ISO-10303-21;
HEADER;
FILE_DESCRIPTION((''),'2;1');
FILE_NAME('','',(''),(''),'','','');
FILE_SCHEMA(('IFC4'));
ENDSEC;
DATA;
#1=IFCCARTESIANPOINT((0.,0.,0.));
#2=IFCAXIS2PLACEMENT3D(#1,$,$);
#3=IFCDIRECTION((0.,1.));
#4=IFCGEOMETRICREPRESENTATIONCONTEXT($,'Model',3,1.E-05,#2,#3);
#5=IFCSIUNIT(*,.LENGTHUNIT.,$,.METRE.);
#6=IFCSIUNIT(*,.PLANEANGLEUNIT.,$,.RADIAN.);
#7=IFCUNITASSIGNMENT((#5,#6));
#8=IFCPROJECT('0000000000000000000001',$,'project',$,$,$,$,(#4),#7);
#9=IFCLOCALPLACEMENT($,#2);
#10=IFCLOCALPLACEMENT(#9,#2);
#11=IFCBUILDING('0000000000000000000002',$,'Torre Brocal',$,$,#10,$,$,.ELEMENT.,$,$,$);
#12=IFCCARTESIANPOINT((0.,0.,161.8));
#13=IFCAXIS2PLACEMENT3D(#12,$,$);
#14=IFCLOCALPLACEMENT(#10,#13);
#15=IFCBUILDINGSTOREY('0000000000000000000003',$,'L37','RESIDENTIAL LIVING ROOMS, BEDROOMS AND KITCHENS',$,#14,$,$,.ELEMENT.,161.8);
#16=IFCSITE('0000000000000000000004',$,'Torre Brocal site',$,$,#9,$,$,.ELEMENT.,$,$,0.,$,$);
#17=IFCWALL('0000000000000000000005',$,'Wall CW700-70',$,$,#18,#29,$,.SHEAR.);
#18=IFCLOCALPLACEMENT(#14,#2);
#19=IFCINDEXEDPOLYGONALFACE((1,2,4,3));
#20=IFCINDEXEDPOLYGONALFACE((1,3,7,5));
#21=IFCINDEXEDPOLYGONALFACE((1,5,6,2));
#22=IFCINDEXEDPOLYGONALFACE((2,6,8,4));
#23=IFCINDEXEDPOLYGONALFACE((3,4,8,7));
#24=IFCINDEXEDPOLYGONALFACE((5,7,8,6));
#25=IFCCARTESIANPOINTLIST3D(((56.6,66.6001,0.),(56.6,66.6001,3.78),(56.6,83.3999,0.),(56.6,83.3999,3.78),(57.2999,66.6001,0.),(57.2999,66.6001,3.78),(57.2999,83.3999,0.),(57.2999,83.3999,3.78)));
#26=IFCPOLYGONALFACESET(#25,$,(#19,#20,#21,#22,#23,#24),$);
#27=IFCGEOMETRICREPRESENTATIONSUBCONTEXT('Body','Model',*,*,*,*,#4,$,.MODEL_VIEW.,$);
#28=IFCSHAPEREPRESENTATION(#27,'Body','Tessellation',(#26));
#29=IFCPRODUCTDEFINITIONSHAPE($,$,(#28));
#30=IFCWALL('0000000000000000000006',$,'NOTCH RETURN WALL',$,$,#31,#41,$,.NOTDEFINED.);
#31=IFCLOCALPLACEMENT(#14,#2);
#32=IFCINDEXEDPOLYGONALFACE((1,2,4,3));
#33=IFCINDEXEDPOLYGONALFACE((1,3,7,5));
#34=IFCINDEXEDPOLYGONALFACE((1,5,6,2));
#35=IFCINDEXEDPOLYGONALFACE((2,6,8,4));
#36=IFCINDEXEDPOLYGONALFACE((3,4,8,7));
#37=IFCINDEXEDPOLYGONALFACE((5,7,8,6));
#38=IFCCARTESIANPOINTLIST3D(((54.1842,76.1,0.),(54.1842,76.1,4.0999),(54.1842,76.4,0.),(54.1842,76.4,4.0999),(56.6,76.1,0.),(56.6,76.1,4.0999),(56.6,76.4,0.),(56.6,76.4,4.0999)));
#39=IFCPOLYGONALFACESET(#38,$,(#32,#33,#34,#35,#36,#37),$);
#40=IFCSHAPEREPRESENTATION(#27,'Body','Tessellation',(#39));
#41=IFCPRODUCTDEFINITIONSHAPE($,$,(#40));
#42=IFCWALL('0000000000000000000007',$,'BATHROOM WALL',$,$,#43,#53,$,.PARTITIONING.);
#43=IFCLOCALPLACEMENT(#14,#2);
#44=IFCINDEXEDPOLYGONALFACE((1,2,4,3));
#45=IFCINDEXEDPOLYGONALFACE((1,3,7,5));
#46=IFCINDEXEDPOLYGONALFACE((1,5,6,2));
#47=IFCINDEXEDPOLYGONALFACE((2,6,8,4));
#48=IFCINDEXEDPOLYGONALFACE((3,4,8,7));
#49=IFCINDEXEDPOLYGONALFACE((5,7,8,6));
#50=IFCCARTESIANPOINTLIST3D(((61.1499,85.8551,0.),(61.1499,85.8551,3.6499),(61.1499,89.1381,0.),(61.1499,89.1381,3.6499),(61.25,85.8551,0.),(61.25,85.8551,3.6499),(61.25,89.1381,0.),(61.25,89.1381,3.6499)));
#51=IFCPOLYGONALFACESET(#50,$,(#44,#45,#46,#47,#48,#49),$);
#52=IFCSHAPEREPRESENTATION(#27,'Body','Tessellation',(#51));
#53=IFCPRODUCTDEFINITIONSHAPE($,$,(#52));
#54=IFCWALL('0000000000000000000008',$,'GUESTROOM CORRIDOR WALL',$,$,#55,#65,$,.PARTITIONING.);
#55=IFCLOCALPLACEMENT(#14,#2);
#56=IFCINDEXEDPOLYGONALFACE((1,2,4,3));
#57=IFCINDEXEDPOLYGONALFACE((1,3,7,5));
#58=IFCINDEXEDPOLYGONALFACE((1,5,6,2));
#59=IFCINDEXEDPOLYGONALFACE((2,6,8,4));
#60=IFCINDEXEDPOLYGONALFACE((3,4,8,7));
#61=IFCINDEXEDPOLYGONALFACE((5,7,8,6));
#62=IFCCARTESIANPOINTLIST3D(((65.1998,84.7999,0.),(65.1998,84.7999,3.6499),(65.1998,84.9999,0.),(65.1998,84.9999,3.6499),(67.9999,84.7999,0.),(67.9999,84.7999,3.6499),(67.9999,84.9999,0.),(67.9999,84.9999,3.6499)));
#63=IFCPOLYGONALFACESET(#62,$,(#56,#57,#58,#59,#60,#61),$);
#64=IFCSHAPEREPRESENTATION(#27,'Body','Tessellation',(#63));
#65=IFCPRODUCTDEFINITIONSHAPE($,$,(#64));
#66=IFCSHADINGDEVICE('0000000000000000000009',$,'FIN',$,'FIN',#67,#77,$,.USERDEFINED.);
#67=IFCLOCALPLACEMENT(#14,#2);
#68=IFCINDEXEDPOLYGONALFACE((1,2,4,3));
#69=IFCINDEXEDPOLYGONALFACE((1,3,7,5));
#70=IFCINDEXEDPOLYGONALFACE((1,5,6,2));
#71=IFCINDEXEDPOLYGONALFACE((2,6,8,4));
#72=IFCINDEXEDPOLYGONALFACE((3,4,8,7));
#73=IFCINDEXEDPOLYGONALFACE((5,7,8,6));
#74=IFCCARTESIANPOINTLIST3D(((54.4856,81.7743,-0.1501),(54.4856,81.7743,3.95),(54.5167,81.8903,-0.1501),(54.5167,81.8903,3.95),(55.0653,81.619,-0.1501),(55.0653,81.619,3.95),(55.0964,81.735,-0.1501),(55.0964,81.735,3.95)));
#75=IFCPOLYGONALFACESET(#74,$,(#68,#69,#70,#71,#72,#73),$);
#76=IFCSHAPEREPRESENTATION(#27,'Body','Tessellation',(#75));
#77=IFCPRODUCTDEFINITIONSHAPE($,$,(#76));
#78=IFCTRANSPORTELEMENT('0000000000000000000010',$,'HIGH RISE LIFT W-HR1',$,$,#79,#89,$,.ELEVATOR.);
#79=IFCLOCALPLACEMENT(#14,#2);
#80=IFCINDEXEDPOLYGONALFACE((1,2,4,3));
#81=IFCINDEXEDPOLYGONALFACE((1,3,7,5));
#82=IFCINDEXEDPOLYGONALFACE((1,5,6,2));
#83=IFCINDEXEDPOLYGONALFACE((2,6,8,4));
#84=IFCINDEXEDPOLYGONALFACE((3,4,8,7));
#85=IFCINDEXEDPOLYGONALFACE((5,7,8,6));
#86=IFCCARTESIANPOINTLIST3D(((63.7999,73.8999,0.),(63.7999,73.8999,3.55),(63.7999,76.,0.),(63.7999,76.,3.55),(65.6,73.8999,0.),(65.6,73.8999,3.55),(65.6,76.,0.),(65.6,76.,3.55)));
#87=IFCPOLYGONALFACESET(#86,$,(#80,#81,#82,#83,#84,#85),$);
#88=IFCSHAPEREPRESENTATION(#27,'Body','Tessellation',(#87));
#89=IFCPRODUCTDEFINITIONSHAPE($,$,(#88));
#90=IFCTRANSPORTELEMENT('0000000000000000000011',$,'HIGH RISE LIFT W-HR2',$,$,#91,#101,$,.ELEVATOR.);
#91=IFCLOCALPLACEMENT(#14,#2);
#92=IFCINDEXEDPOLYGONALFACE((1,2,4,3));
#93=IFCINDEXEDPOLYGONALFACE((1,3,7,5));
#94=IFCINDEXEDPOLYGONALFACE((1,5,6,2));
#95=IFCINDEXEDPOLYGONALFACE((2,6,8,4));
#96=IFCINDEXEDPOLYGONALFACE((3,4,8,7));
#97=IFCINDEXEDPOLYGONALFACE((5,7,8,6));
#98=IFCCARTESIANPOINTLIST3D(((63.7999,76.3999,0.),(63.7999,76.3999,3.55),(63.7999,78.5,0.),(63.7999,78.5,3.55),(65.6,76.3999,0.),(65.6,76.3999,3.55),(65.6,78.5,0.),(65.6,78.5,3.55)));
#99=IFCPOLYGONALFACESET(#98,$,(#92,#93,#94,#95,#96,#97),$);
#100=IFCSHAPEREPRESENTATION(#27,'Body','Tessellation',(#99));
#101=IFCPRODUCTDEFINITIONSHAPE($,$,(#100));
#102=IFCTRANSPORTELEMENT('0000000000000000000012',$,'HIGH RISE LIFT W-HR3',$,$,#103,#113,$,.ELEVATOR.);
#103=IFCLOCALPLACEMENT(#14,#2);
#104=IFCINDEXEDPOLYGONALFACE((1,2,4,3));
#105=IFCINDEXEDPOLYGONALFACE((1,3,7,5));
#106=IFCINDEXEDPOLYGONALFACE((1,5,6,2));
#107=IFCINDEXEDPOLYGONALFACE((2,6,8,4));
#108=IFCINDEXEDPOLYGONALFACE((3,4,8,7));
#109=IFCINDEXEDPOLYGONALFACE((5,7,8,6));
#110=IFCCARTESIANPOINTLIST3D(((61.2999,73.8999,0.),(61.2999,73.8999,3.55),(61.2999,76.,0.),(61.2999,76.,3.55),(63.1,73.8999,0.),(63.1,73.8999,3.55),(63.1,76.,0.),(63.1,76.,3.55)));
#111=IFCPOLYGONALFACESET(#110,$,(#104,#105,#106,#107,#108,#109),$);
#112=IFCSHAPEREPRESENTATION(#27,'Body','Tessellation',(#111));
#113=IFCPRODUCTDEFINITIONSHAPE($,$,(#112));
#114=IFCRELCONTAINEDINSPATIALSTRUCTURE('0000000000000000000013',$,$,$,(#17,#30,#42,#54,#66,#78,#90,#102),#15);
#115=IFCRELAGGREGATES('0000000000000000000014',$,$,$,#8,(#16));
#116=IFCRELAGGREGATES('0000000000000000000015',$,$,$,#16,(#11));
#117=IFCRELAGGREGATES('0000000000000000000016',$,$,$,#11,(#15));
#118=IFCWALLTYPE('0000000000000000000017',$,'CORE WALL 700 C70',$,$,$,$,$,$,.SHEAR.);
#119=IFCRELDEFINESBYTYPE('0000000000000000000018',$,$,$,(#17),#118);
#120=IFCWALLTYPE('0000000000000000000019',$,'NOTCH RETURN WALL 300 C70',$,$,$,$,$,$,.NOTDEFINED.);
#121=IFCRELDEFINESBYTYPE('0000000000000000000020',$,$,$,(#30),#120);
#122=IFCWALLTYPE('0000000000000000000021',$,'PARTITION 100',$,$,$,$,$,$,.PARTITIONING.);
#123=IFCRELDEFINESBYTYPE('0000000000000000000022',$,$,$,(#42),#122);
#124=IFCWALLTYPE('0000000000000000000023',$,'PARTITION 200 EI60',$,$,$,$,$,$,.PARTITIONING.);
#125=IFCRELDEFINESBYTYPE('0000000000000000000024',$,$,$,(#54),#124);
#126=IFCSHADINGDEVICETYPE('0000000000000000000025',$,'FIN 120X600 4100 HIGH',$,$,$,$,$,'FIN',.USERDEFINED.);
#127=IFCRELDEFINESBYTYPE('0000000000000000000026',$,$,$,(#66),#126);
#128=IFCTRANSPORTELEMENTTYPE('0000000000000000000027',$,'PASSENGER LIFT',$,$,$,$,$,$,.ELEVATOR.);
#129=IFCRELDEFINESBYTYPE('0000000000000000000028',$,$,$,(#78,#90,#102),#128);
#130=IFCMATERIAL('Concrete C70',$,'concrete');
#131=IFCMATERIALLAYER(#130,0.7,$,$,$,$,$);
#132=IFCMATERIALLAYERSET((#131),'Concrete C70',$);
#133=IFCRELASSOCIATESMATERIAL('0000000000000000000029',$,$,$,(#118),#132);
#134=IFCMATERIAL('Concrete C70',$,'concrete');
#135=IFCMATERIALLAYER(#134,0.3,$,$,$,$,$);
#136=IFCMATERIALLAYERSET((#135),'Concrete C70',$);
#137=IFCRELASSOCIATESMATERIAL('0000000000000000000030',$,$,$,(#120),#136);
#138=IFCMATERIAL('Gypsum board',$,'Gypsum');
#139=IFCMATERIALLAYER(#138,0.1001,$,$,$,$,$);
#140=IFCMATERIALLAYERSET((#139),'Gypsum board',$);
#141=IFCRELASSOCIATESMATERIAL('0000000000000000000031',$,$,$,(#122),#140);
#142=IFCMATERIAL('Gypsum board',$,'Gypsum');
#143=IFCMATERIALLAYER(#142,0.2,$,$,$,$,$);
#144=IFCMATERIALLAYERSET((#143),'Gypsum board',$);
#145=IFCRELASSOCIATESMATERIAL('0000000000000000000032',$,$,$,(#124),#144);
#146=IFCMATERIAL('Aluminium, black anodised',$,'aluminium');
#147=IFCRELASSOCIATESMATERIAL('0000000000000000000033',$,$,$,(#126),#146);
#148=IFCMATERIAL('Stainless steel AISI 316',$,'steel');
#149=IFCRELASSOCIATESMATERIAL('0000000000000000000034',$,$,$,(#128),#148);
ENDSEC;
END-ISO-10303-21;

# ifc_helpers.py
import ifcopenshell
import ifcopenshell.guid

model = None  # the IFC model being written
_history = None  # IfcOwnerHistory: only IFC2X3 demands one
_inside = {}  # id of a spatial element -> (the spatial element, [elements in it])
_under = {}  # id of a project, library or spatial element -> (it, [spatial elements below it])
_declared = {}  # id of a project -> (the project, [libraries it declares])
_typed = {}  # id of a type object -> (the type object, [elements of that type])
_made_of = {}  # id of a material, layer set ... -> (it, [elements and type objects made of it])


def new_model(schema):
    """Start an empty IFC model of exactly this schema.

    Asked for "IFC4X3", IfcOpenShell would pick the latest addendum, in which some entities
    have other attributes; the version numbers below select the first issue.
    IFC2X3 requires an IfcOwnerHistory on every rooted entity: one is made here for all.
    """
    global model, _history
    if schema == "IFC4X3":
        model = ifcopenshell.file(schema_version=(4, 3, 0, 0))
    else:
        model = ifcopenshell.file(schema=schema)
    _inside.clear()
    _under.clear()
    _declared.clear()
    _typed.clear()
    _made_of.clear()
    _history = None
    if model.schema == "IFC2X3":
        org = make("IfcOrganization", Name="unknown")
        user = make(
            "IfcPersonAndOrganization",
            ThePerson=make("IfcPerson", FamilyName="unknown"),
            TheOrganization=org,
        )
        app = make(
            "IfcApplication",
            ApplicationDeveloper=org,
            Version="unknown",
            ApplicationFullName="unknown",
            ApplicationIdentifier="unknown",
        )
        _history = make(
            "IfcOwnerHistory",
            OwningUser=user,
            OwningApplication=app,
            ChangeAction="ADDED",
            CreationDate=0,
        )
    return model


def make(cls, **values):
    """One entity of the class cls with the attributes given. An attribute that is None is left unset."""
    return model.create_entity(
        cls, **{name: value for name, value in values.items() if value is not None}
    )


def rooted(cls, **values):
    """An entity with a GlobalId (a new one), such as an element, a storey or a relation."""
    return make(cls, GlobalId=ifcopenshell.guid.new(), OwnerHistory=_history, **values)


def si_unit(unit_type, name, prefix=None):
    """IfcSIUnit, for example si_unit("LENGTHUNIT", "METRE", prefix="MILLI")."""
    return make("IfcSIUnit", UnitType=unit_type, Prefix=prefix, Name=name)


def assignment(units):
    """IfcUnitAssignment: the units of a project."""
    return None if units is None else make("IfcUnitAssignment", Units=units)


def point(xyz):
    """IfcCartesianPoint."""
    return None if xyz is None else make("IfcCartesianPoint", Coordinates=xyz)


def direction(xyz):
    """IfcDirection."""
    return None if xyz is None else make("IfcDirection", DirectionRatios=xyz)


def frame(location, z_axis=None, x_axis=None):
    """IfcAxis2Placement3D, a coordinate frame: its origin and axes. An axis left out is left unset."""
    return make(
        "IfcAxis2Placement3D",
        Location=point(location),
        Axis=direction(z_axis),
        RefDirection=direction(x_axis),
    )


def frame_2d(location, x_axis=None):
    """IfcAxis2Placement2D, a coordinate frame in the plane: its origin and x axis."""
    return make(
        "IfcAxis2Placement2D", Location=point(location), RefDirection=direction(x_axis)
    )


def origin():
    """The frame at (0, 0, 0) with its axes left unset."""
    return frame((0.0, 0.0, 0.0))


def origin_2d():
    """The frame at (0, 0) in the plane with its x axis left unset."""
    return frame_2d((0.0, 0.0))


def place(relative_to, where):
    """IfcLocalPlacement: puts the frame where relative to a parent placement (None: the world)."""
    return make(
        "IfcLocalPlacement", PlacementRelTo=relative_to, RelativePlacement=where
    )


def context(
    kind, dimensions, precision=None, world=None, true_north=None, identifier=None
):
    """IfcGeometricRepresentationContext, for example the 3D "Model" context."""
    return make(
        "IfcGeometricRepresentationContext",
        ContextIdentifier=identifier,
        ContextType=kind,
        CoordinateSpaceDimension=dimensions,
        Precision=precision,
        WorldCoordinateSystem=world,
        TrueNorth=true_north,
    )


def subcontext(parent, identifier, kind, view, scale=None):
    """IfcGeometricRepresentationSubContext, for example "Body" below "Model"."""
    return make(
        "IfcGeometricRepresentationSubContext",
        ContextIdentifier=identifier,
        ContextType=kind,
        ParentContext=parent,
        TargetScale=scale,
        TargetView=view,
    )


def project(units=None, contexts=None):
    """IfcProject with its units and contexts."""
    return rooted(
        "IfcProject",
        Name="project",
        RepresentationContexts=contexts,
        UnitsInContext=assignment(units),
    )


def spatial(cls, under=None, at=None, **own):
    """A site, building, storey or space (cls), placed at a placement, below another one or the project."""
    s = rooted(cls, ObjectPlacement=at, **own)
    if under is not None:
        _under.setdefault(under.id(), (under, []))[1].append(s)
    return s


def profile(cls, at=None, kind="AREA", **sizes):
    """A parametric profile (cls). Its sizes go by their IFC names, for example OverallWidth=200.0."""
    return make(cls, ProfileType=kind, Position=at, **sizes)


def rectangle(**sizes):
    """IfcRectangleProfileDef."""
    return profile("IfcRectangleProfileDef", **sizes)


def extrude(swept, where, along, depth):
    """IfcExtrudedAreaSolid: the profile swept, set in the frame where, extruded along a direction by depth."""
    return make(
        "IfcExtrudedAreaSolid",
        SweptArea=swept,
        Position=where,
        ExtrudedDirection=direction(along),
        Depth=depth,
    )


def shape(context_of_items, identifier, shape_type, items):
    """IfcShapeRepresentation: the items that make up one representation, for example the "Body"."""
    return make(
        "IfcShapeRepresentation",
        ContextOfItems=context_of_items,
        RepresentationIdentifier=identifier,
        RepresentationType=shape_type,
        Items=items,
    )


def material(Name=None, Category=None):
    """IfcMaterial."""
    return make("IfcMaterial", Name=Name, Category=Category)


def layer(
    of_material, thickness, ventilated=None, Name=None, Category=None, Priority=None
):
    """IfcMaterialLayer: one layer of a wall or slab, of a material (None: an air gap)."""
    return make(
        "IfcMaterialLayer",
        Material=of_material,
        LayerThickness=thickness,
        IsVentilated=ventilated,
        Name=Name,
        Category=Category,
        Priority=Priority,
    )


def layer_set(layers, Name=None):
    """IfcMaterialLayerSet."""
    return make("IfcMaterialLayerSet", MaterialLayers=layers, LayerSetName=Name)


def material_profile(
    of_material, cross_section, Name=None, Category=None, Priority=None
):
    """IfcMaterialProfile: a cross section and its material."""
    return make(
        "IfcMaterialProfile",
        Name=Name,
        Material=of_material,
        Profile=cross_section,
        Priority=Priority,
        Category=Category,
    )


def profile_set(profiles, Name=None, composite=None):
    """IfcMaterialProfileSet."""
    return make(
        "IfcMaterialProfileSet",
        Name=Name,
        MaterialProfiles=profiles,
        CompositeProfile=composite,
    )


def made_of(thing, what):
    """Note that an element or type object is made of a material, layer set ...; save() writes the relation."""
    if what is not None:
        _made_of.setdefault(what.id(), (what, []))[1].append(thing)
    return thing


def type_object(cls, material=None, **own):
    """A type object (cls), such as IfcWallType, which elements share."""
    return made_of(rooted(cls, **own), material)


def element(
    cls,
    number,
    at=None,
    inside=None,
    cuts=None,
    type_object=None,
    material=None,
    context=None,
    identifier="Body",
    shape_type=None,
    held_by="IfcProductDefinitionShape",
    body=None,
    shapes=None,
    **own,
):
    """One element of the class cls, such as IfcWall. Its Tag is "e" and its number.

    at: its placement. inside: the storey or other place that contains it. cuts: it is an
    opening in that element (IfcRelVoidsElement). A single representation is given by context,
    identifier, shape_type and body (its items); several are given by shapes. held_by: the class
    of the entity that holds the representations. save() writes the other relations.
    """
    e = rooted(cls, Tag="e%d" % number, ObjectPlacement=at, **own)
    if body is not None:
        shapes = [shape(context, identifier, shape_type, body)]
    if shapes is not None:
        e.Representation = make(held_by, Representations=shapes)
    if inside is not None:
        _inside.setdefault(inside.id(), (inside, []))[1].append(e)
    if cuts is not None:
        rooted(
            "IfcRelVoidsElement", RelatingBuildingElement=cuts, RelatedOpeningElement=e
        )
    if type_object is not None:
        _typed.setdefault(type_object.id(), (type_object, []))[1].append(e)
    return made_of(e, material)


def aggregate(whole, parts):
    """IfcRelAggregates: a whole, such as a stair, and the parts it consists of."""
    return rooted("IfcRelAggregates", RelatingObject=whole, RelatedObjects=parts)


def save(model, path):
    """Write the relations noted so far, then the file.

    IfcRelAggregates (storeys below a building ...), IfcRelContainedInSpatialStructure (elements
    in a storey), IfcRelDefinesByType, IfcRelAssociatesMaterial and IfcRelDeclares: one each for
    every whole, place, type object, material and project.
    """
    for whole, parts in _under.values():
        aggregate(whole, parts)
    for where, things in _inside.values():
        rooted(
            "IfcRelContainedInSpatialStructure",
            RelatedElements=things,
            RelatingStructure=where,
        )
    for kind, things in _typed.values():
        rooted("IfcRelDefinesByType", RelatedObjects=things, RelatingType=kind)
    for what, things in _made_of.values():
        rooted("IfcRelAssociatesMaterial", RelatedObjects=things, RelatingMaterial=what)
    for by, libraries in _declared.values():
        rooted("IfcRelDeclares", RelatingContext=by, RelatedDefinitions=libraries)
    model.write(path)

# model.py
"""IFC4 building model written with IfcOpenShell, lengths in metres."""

from ifc_helpers import new_model, si_unit, direction, frame, frame_2d, origin, origin_2d, place, context, subcontext, project, spatial, rectangle, extrude, material, layer, layer_set, material_profile, profile_set, type_object, element, save


model = new_model("IFC4")

# Units and contexts
model_context = context("Model", 3, precision=1e-05, world=origin(), true_north=direction((0.0, 1.0)))
body_context = subcontext(model_context, "Body", "Model", "MODEL_VIEW")
ifc_project = project(units=[si_unit("LENGTHUNIT", "METRE"), si_unit("PLANEANGLEUNIT", "RADIAN")], contexts=[model_context])

# Site, building, storey
site_placement = place(None, origin())
site = spatial("IfcSite", under=ifc_project, at=site_placement, Name="Torre Brocal site", CompositionType="ELEMENT", RefElevation=0.0)
building_placement = place(site_placement, origin())
building = spatial("IfcBuilding", under=site, at=building_placement, Name="Torre Brocal", CompositionType="ELEMENT")
storey_placement = place(building_placement, frame((0.0, 0.0, 161.8)))
storey = spatial("IfcBuildingStorey", under=building, at=storey_placement, Name="L37", Description="RESIDENTIAL LIVING ROOMS, BEDROOMS AND KITCHENS", CompositionType="ELEMENT", Elevation=161.8)

# Walls
ifc_material_1 = material(Name="Concrete C70", Category="concrete")
ifc_layer_1 = layer(ifc_material_1, 0.7)
ifc_layer_set_1 = layer_set([ifc_layer_1], Name="Concrete C70")
wall_type_1 = type_object("IfcWallType", Name="CORE WALL 700 C70", PredefinedType="SHEAR", material=ifc_layer_set_1)
wall_1_placement = place(storey_placement, frame((56.95, 83.3999, 0.0), z_axis=(0.0, 0.0, 1.0), x_axis=(0.0, -1.0, 0.0)))
element("IfcWall", 1, at=wall_1_placement, inside=storey, type_object=wall_type_1, Name="Wall CW700-70", PredefinedType="SHEAR", context=body_context, shape_type="SweptSolid", body=[
    extrude(rectangle(XDim=16.7998, YDim=0.7, at=frame_2d((8.3999, 0.0))), origin(), (0.0, 0.0, 1.0), 3.78),
])
ifc_material_2 = material(Name="Concrete C70", Category="concrete")
ifc_layer_2 = layer(ifc_material_2, 0.3)
ifc_layer_set_2 = layer_set([ifc_layer_2], Name="Concrete C70")
wall_type_2 = type_object("IfcWallType", Name="NOTCH RETURN WALL 300 C70", PredefinedType="NOTDEFINED", material=ifc_layer_set_2)
wall_2_placement = place(storey_placement, frame((56.6001, 76.25, 0.0), z_axis=(0.0, 0.0, 1.0), x_axis=(-1.0, 0.0, 0.0)))
element("IfcWall", 2, at=wall_2_placement, inside=storey, type_object=wall_type_2, Name="NOTCH RETURN WALL", PredefinedType="NOTDEFINED", context=body_context, shape_type="SweptSolid", body=[
    extrude(rectangle(XDim=2.4158, YDim=0.3, at=frame_2d((1.208, 0.0))), origin(), (0.0, 0.0, 1.0), 4.0999),
])
ifc_material_3 = material(Name="Gypsum board", Category="Gypsum")
ifc_layer_3 = layer(ifc_material_3, 0.1001)
ifc_layer_set_3 = layer_set([ifc_layer_3], Name="Gypsum board")
wall_type_3 = type_object("IfcWallType", Name="PARTITION 100", PredefinedType="PARTITIONING", material=ifc_layer_set_3)
wall_3_placement = place(storey_placement, frame((61.2, 85.855, 0.0), z_axis=(0.0, 0.0, 1.0), x_axis=(0.0, 1.0, 0.0)))
element("IfcWall", 3, at=wall_3_placement, inside=storey, type_object=wall_type_3, Name="BATHROOM WALL", PredefinedType="PARTITIONING", context=body_context, shape_type="SweptSolid", body=[
    extrude(rectangle(XDim=3.283, YDim=0.1001, at=frame_2d((1.6416, 0.0))), origin(), (0.0, 0.0, 1.0), 3.6499),
])
ifc_material_4 = material(Name="Gypsum board", Category="Gypsum")
ifc_layer_4 = layer(ifc_material_4, 0.2)
ifc_layer_set_4 = layer_set([ifc_layer_4], Name="Gypsum board")
wall_type_4 = type_object("IfcWallType", Name="PARTITION 200 EI60", PredefinedType="PARTITIONING", material=ifc_layer_set_4)
wall_4_placement = place(storey_placement, frame((65.2, 84.8999, 0.0), z_axis=(0.0, 0.0, 1.0), x_axis=(1.0, 0.0, 0.0)))
element("IfcWall", 4, at=wall_4_placement, inside=storey, type_object=wall_type_4, Name="GUESTROOM CORRIDOR WALL", PredefinedType="PARTITIONING", context=body_context, shape_type="SweptSolid", body=[
    extrude(rectangle(XDim=2.8, YDim=0.2, at=frame_2d((1.3999, 0.0))), origin(), (0.0, 0.0, 1.0), 3.6499),
])

# Shading device
ifc_material_5 = material(Name="Aluminium, black anodised", Category="aluminium")
ifc_material_profile_1 = material_profile(ifc_material_5, rectangle(XDim=0.1201, YDim=0.6001, at=origin_2d()), Name="FIN 120X600 4100 HIGH")
ifc_profile_set_1 = profile_set([ifc_material_profile_1], Name="Aluminium, black anodised")
shading_device_type = type_object("IfcShadingDeviceType", Name="FIN 120X600 4100 HIGH", ElementType="FIN", PredefinedType="USERDEFINED", material=ifc_profile_set_1)
shading_device_placement = place(storey_placement, frame((54.791, 81.7546, -0.1501), z_axis=(0.0, 0.0, 1.0), x_axis=(-0.258819, -0.965926, 0.0)))
element("IfcShadingDevice", 5, at=shading_device_placement, inside=storey, type_object=shading_device_type, Name="FIN", ObjectType="FIN", PredefinedType="USERDEFINED", context=body_context, shape_type="SweptSolid", body=[
    extrude(rectangle(XDim=0.1201, YDim=0.6001, at=origin_2d()), origin(), (0.0, 0.0, 1.0), 4.1001),
])

# Transport elements
ifc_material_6 = material(Name="Stainless steel AISI 316", Category="steel")
transport_element_type = type_object("IfcTransportElementType", Name="PASSENGER LIFT", PredefinedType="ELEVATOR", material=ifc_material_6)
for number, where, z_axis, x_axis, name in (
    (6, (64.7, 74.95, 0.0), (0.0, 0.0, 1.0), (1.0, 0.0, 0.0), "HIGH RISE LIFT W-HR1"),
    (7, (64.7, 77.45, 0.0), (0.0, 0.0, 1.0), (1.0, 0.0, 0.0), "HIGH RISE LIFT W-HR2"),
    (8, (62.2, 74.95, 0.0), (0.0, 0.0, 1.0), (1.0, 0.0, 0.0), "HIGH RISE LIFT W-HR3"),
):
    element("IfcTransportElement", number, at=place(storey_placement, frame(where, z_axis=z_axis, x_axis=x_axis)), inside=storey, type_object=transport_element_type, Name=name, PredefinedType="ELEVATOR", context=body_context, shape_type="SweptSolid", body=[
        extrude(rectangle(XDim=1.8, YDim=2.1001, at=origin_2d()), origin(), (0.0, 0.0, 1.0), 3.55),
    ])

save(model, "model.ifc")
